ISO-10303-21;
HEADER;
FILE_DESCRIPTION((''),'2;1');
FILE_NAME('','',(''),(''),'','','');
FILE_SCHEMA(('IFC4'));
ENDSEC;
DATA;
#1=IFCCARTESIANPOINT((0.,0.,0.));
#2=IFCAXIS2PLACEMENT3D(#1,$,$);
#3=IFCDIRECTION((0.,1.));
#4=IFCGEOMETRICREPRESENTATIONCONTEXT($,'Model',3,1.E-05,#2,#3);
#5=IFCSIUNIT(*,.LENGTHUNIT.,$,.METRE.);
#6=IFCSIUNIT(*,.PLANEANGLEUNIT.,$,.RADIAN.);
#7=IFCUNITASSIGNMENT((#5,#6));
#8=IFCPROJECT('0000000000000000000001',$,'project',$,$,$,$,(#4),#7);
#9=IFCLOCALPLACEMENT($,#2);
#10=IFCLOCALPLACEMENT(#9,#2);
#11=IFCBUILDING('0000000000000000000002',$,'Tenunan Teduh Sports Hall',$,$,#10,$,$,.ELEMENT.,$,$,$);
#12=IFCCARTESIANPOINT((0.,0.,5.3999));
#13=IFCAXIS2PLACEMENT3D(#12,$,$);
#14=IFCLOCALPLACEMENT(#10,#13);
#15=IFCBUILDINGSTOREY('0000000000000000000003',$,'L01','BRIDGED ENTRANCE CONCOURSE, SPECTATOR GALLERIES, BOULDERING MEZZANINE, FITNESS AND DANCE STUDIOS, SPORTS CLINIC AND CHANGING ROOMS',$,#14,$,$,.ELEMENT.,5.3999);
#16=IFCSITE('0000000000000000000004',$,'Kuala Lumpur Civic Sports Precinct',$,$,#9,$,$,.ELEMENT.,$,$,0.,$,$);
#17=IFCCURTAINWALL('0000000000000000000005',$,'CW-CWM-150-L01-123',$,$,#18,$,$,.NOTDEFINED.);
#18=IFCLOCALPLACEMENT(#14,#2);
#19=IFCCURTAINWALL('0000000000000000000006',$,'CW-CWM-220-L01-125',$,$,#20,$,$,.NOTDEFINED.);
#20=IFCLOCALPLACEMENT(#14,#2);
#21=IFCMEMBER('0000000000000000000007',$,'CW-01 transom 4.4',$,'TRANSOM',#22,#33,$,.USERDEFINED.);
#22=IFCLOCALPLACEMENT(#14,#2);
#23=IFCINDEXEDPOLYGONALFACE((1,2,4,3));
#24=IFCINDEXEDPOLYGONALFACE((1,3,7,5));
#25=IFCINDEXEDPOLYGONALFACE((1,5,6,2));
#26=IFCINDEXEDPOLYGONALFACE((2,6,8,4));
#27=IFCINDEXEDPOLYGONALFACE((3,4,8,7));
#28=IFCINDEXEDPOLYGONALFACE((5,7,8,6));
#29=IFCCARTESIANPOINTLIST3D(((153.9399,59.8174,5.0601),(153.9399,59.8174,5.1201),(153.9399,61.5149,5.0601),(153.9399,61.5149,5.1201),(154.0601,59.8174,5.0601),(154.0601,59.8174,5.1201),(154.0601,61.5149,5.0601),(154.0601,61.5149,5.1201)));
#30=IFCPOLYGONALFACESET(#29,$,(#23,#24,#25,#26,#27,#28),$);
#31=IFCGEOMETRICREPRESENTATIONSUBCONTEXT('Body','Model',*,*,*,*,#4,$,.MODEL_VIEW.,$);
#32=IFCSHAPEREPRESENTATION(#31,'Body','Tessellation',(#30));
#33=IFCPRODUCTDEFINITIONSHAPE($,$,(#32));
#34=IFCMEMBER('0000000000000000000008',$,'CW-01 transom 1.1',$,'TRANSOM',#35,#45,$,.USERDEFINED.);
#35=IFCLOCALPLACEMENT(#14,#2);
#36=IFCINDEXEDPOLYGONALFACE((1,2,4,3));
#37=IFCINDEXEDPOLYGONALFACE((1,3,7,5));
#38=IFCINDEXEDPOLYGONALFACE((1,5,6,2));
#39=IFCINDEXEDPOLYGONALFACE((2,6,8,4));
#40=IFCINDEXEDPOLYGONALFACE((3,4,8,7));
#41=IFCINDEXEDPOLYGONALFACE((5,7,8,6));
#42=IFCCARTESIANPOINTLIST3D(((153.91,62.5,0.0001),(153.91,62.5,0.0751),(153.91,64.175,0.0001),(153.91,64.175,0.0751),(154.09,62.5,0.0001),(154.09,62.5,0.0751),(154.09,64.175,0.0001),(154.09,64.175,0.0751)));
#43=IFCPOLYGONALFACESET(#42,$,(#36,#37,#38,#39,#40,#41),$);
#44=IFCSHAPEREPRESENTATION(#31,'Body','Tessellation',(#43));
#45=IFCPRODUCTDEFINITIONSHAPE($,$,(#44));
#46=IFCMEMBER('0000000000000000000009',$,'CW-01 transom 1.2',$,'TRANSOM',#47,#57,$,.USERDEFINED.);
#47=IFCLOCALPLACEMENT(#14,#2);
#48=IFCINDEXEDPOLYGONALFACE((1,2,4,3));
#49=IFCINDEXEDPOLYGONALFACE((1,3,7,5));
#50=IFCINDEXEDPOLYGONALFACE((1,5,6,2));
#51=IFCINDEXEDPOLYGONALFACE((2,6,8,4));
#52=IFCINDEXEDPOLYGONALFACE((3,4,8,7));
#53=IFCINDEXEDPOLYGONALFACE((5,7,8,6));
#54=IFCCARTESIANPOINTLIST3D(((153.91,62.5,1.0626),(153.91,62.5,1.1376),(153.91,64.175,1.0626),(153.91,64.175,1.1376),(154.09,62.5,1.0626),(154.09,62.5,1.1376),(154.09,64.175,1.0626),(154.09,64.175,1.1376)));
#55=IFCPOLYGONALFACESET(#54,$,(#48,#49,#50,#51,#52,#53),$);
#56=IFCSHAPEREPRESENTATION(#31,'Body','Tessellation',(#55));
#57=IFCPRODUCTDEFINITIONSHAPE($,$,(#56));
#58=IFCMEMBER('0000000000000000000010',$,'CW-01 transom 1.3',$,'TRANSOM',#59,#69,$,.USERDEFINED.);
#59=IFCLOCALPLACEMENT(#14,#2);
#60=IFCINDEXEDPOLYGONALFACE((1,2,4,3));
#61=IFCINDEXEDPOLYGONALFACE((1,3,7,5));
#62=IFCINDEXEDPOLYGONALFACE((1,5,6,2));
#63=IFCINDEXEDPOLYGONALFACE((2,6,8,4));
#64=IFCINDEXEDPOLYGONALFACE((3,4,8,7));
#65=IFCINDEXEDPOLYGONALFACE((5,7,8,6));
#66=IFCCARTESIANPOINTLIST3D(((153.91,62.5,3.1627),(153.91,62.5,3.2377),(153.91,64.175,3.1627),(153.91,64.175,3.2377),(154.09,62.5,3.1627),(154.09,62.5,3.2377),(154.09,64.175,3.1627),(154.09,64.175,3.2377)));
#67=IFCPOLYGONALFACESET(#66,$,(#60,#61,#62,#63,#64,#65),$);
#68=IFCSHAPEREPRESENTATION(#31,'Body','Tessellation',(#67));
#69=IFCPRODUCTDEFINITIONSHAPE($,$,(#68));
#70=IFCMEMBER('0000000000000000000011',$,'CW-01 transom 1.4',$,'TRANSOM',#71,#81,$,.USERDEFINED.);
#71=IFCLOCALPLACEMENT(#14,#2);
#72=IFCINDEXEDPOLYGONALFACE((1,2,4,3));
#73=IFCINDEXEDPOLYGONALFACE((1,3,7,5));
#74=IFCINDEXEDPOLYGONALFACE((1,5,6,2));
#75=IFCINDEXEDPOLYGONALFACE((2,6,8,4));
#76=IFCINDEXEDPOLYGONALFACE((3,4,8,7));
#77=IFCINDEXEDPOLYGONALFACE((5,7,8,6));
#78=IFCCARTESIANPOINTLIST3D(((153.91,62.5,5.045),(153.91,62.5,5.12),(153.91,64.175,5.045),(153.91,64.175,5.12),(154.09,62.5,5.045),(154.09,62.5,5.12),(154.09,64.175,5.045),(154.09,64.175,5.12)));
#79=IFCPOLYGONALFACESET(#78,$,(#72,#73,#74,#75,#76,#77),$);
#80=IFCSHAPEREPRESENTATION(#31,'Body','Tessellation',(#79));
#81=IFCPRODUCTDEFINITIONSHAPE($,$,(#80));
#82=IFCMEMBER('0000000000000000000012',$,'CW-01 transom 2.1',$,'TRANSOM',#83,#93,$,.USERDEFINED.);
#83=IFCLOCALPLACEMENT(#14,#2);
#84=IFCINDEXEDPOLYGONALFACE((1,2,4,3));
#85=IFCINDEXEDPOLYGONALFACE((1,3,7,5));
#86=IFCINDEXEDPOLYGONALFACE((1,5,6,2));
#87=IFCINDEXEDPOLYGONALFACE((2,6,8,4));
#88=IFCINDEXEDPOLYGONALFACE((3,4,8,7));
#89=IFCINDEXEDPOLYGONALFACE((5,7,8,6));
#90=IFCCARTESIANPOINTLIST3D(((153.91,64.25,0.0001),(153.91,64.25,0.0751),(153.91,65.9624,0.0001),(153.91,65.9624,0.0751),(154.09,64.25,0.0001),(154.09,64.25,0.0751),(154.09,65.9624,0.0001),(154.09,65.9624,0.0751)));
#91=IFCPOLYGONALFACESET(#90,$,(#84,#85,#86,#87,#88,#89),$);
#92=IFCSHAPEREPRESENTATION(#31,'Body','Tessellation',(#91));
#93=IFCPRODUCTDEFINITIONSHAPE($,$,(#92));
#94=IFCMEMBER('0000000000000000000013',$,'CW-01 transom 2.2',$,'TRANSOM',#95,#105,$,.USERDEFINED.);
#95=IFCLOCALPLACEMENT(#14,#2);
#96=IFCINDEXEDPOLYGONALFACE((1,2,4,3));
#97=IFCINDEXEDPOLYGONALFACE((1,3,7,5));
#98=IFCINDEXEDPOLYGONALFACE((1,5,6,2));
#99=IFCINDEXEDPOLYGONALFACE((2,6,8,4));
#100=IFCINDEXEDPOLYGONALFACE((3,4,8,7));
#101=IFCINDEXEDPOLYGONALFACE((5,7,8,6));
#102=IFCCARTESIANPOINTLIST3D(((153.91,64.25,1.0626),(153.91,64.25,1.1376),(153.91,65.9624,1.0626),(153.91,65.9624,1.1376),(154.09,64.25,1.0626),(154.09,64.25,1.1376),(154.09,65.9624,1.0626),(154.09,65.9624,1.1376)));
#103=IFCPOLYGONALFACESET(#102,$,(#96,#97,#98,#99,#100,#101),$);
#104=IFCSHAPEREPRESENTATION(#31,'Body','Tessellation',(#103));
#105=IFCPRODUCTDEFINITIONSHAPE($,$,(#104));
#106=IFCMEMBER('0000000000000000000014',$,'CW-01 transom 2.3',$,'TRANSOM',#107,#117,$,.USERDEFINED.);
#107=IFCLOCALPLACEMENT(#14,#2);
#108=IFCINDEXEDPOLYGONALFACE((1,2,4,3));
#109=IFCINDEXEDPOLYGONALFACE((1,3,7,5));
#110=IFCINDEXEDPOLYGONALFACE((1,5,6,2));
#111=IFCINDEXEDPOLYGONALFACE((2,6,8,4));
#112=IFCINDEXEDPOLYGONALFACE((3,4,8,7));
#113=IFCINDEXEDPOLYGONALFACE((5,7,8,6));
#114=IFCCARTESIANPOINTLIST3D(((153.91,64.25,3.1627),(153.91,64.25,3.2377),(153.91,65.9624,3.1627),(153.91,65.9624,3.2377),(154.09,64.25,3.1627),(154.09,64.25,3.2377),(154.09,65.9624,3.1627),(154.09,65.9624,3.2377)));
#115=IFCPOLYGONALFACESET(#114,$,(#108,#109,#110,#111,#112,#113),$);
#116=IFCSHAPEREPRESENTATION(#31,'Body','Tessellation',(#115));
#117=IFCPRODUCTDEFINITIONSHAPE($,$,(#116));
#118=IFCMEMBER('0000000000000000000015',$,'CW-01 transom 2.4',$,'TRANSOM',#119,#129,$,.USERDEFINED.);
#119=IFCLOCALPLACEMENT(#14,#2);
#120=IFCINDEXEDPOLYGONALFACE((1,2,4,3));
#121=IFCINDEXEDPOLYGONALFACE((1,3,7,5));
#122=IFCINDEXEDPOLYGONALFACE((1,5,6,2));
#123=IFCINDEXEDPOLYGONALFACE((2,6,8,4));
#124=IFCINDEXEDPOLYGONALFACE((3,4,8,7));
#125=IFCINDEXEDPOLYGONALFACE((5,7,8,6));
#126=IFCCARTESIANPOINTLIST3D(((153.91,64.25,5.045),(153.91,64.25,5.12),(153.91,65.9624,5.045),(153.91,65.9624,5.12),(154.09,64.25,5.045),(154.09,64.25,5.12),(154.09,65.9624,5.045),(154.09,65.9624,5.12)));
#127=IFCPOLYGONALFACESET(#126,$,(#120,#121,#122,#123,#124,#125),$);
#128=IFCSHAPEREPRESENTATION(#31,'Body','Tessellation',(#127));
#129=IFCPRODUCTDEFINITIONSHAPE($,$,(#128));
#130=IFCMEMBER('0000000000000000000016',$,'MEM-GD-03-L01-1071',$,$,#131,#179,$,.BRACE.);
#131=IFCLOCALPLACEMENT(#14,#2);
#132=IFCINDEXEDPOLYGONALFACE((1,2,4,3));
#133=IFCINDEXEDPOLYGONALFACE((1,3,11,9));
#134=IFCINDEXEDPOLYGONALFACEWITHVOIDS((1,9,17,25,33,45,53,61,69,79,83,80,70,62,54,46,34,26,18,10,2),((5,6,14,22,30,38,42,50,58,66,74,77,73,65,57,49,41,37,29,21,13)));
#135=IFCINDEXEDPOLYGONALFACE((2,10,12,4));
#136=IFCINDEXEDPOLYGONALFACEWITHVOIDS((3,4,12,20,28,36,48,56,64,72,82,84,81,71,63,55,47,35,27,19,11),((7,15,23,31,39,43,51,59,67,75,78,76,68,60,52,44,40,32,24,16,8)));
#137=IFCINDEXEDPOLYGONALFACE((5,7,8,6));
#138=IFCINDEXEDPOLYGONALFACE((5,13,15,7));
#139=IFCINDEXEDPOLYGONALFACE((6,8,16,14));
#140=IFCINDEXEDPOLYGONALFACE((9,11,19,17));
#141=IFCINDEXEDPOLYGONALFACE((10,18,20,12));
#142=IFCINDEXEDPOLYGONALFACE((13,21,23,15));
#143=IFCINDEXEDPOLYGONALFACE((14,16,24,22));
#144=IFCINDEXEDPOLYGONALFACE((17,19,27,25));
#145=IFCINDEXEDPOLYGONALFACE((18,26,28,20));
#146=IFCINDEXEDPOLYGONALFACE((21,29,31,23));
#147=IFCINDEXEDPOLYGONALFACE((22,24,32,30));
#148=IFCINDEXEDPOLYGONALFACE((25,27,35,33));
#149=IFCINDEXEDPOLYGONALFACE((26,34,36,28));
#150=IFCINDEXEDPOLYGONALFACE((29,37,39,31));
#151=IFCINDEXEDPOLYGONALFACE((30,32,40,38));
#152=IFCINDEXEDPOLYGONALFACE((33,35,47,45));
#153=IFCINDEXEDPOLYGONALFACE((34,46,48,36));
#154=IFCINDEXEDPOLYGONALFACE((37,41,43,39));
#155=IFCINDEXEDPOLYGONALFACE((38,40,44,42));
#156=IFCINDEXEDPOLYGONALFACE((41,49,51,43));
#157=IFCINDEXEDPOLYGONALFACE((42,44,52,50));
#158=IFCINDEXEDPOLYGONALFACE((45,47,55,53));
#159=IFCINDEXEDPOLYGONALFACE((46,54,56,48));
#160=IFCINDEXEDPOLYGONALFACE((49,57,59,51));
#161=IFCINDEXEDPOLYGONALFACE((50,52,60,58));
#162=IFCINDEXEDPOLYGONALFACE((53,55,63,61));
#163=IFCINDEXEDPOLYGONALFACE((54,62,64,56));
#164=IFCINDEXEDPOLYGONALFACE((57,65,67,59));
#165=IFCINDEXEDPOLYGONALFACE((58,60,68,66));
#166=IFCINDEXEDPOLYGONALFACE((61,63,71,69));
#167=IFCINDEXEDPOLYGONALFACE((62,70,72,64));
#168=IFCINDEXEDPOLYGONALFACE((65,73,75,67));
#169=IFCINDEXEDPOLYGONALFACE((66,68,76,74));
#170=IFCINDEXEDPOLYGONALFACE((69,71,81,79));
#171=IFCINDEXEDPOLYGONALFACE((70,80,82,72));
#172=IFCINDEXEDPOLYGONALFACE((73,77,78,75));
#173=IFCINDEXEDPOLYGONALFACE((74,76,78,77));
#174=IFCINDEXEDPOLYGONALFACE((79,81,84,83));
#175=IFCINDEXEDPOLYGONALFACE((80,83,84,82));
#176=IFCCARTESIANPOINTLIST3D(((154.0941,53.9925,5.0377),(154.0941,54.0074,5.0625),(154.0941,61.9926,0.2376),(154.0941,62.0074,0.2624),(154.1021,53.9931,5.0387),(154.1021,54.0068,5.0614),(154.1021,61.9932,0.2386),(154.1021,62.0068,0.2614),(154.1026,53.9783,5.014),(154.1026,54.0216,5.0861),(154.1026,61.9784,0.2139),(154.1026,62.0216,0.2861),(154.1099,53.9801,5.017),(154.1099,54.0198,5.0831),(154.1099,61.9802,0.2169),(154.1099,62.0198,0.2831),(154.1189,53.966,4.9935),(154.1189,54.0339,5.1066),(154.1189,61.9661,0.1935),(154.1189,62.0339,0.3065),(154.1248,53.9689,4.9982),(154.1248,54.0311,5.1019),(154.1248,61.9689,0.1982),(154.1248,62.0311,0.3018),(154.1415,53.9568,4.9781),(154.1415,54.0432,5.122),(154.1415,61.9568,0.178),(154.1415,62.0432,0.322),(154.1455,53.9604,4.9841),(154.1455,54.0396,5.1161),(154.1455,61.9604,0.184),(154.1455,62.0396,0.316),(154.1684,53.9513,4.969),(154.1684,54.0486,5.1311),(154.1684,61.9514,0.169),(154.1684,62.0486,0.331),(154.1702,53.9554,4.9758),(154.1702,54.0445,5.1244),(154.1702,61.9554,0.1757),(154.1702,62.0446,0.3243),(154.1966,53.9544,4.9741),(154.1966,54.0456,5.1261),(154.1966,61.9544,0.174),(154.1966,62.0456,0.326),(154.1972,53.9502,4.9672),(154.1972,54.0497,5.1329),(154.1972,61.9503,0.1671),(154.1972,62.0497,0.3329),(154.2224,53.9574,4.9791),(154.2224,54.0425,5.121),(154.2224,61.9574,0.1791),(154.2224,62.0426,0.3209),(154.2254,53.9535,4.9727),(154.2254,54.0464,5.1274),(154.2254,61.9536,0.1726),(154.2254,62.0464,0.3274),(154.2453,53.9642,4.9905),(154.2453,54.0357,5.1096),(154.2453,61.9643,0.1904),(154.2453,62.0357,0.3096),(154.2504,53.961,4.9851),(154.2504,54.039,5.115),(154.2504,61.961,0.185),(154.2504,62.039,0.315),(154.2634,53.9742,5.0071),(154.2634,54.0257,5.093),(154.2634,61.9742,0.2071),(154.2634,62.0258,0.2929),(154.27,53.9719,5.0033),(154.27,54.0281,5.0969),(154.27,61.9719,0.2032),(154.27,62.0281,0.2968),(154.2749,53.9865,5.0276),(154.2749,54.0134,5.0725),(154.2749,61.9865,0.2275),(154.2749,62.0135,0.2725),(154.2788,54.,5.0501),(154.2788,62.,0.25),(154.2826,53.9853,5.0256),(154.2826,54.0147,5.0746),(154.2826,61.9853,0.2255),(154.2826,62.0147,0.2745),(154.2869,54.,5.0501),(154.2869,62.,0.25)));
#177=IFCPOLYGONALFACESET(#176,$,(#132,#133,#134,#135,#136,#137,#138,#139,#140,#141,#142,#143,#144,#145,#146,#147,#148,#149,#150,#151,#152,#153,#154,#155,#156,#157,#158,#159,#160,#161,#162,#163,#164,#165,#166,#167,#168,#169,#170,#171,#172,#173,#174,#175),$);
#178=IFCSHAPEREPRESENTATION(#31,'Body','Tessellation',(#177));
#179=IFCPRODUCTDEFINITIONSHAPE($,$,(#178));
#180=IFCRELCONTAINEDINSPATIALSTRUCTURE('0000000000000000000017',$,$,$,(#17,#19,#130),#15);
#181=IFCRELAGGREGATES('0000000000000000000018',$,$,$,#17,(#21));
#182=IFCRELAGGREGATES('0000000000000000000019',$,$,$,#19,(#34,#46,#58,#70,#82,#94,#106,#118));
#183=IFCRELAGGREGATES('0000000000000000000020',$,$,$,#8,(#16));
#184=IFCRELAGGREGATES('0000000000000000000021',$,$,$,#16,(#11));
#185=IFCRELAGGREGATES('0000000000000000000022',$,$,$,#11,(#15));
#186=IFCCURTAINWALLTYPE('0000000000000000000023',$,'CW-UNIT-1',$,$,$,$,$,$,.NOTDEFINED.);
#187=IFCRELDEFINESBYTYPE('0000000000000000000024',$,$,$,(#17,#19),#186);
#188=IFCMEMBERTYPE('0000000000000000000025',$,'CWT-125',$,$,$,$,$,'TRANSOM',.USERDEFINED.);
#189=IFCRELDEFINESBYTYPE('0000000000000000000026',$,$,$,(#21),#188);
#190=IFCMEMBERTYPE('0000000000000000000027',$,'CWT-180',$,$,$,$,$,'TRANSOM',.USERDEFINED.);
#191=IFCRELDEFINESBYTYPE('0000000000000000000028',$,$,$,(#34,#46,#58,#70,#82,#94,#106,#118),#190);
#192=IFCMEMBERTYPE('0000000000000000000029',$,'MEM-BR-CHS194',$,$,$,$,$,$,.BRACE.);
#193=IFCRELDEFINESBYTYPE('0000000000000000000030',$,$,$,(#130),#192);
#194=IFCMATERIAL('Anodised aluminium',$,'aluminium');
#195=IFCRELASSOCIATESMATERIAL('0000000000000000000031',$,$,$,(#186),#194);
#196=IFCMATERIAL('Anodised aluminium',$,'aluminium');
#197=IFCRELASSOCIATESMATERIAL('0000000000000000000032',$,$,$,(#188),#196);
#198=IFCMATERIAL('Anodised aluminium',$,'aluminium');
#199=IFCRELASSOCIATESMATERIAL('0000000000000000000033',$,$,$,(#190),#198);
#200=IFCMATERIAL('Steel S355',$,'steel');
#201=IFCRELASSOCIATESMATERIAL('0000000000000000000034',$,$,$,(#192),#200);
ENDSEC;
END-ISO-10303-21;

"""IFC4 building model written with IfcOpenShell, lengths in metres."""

from ifc_helpers import new_model, si_unit, direction, frame, origin, origin_2d, place, context, subcontext, project, spatial, rectangle, hollow_circle, extrude, material, material_profile, profile_set, type_object, element, aggregate, save


model = new_model("IFC4")

# Units and contexts
model_context = context("Model", 3, precision=1e-05, world=origin(), true_north=direction((0.0, 1.0)))
body_context = subcontext(model_context, "Body", "Model", "MODEL_VIEW")
ifc_project = project(units=[si_unit("LENGTHUNIT", "METRE"), si_unit("PLANEANGLEUNIT", "RADIAN")], contexts=[model_context])

# Site, building, storey
site_placement = place(None, origin())
site = spatial("IfcSite", under=ifc_project, at=site_placement, Name="Kuala Lumpur Civic Sports Precinct", CompositionType="ELEMENT", RefElevation=0.0)
building_placement = place(site_placement, origin())
building = spatial("IfcBuilding", under=site, at=building_placement, Name="Tenunan Teduh Sports Hall", CompositionType="ELEMENT")
storey_placement = place(building_placement, frame((0.0, 0.0, 5.3999)))
storey = spatial("IfcBuildingStorey", under=building, at=storey_placement, Name="L01", Description="BRIDGED ENTRANCE CONCOURSE, SPECTATOR GALLERIES, BOULDERING MEZZANINE, FITNESS AND DANCE STUDIOS, SPORTS CLINIC AND CHANGING ROOMS", CompositionType="ELEMENT", Elevation=5.3999)

# Curtain walls
ifc_material_1 = material(Name="Anodised aluminium", Category="aluminium")
curtain_wall_type = type_object("IfcCurtainWallType", Name="CW-UNIT-1", PredefinedType="NOTDEFINED", material=ifc_material_1)
curtain_wall_1_placement = place(storey_placement, origin())
curtain_wall_1 = element("IfcCurtainWall", 1, at=curtain_wall_1_placement, inside=storey, type_object=curtain_wall_type, Name="CW-CWM-150-L01-123", PredefinedType="NOTDEFINED")
curtain_wall_2_placement = place(storey_placement, origin())
curtain_wall_2 = element("IfcCurtainWall", 2, at=curtain_wall_2_placement, inside=storey, type_object=curtain_wall_type, Name="CW-CWM-220-L01-125", PredefinedType="NOTDEFINED")

# Members
ifc_material_2 = material(Name="Anodised aluminium", Category="aluminium")
ifc_material_profile_1 = material_profile(ifc_material_2, rectangle(XDim=0.0601, YDim=0.1201, at=origin_2d()), Name="CWT 60x120")
ifc_profile_set_1 = profile_set([ifc_material_profile_1], Name="Anodised aluminium")
member_type_1 = type_object("IfcMemberType", Name="CWT-125", ElementType="TRANSOM", PredefinedType="USERDEFINED", material=ifc_profile_set_1)
member_1_placement = place(storey_placement, frame((154.0, 59.8174, 5.0901), z_axis=(0.0, 1.0, 0.0), x_axis=(0.0, 0.0, 1.0)))
member_1 = element("IfcMember", 3, at=member_1_placement, type_object=member_type_1, Name="CW-01 transom 4.4", ObjectType="TRANSOM", PredefinedType="USERDEFINED", context=body_context, shape_type="SweptSolid", body=[
    extrude(rectangle(XDim=0.0601, YDim=0.1201, at=origin_2d()), origin(), (0.0, 0.0, 1.0), 1.6975),
])
ifc_material_3 = material(Name="Anodised aluminium", Category="aluminium")
ifc_material_profile_2 = material_profile(ifc_material_3, rectangle(XDim=0.075, YDim=0.1799, at=origin_2d()), Name="CWT 75x180")
ifc_profile_set_2 = profile_set([ifc_material_profile_2], Name="Anodised aluminium")
member_type_2 = type_object("IfcMemberType", Name="CWT-180", ElementType="TRANSOM", PredefinedType="USERDEFINED", material=ifc_profile_set_2)
member_2_placement = place(storey_placement, frame((154.0, 62.5, 0.0376), z_axis=(0.0, 1.0, 0.0), x_axis=(0.0, 0.0, 1.0)))
member_2 = element("IfcMember", 4, at=member_2_placement, type_object=member_type_2, Name="CW-01 transom 1.1", ObjectType="TRANSOM", PredefinedType="USERDEFINED", context=body_context, shape_type="SweptSolid", body=[
    extrude(rectangle(XDim=0.075, YDim=0.1799, at=origin_2d()), origin(), (0.0, 0.0, 1.0), 1.675),
])
member_3_placement = place(storey_placement, frame((154.0, 62.5, 1.1001), z_axis=(0.0, 1.0, 0.0), x_axis=(0.0, 0.0, 1.0)))
member_3 = element("IfcMember", 5, at=member_3_placement, type_object=member_type_2, Name="CW-01 transom 1.2", ObjectType="TRANSOM", PredefinedType="USERDEFINED", context=body_context, shape_type="SweptSolid", body=[
    extrude(rectangle(XDim=0.075, YDim=0.1799, at=origin_2d()), origin(), (0.0, 0.0, 1.0), 1.675),
])
member_4_placement = place(storey_placement, frame((154.0, 62.5, 3.2002), z_axis=(0.0, 1.0, 0.0), x_axis=(0.0, 0.0, 1.0)))
member_4 = element("IfcMember", 6, at=member_4_placement, type_object=member_type_2, Name="CW-01 transom 1.3", ObjectType="TRANSOM", PredefinedType="USERDEFINED", context=body_context, shape_type="SweptSolid", body=[
    extrude(rectangle(XDim=0.075, YDim=0.1799, at=origin_2d()), origin(), (0.0, 0.0, 1.0), 1.675),
])
member_5_placement = place(storey_placement, frame((154.0, 62.5, 5.0825), z_axis=(0.0, 1.0, 0.0), x_axis=(0.0, 0.0, 1.0)))
member_5 = element("IfcMember", 7, at=member_5_placement, type_object=member_type_2, Name="CW-01 transom 1.4", ObjectType="TRANSOM", PredefinedType="USERDEFINED", context=body_context, shape_type="SweptSolid", body=[
    extrude(rectangle(XDim=0.075, YDim=0.1799, at=origin_2d()), origin(), (0.0, 0.0, 1.0), 1.675),
])
member_6_placement = place(storey_placement, frame((154.0, 64.25, 0.0376), z_axis=(0.0, 1.0, 0.0), x_axis=(0.0, 0.0, 1.0)))
member_6 = element("IfcMember", 8, at=member_6_placement, type_object=member_type_2, Name="CW-01 transom 2.1", ObjectType="TRANSOM", PredefinedType="USERDEFINED", context=body_context, shape_type="SweptSolid", body=[
    extrude(rectangle(XDim=0.075, YDim=0.1799, at=origin_2d()), origin(), (0.0, 0.0, 1.0), 1.7124),
])
member_7_placement = place(storey_placement, frame((154.0, 64.25, 1.1001), z_axis=(0.0, 1.0, 0.0), x_axis=(0.0, 0.0, 1.0)))
member_7 = element("IfcMember", 9, at=member_7_placement, type_object=member_type_2, Name="CW-01 transom 2.2", ObjectType="TRANSOM", PredefinedType="USERDEFINED", context=body_context, shape_type="SweptSolid", body=[
    extrude(rectangle(XDim=0.075, YDim=0.1799, at=origin_2d()), origin(), (0.0, 0.0, 1.0), 1.7124),
])
member_8_placement = place(storey_placement, frame((154.0, 64.25, 3.2002), z_axis=(0.0, 1.0, 0.0), x_axis=(0.0, 0.0, 1.0)))
member_8 = element("IfcMember", 10, at=member_8_placement, type_object=member_type_2, Name="CW-01 transom 2.3", ObjectType="TRANSOM", PredefinedType="USERDEFINED", context=body_context, shape_type="SweptSolid", body=[
    extrude(rectangle(XDim=0.075, YDim=0.1799, at=origin_2d()), origin(), (0.0, 0.0, 1.0), 1.7124),
])
member_9_placement = place(storey_placement, frame((154.0, 64.25, 5.0825), z_axis=(0.0, 1.0, 0.0), x_axis=(0.0, 0.0, 1.0)))
member_9 = element("IfcMember", 11, at=member_9_placement, type_object=member_type_2, Name="CW-01 transom 2.4", ObjectType="TRANSOM", PredefinedType="USERDEFINED", context=body_context, shape_type="SweptSolid", body=[
    extrude(rectangle(XDim=0.075, YDim=0.1799, at=origin_2d()), origin(), (0.0, 0.0, 1.0), 1.7124),
])

# Member
ifc_material_4 = material(Name="Steel S355", Category="steel")
ifc_material_profile_3 = material_profile(ifc_material_4, hollow_circle(Radius=0.0969, WallThickness=0.0081, at=origin_2d()), Name="CHS 193.7x8.0")
ifc_profile_set_3 = profile_set([ifc_material_profile_3], Name="Steel S355")
member_type_3 = type_object("IfcMemberType", Name="MEM-BR-CHS194", PredefinedType="BRACE", material=ifc_profile_set_3)
member_10_placement = place(storey_placement, frame((154.1899, 62.0, 0.25), z_axis=(0.0, -0.857491, 0.5145), x_axis=(1.0, 0.0, 0.0)))
element("IfcMember", 12, at=member_10_placement, inside=storey, type_object=member_type_3, Name="MEM-GD-03-L01-1071", PredefinedType="BRACE", context=body_context, shape_type="SweptSolid", body=[
    extrude(hollow_circle(Radius=0.0969, WallThickness=0.0081, at=origin_2d()), origin(), (0.0, 0.0, 1.0), 9.3296),
])

aggregate(curtain_wall_1, [member_1])
aggregate(curtain_wall_2, [member_2, member_3, member_4, member_5, member_6, member_7, member_8, member_9])

save(model, "model.ifc")
